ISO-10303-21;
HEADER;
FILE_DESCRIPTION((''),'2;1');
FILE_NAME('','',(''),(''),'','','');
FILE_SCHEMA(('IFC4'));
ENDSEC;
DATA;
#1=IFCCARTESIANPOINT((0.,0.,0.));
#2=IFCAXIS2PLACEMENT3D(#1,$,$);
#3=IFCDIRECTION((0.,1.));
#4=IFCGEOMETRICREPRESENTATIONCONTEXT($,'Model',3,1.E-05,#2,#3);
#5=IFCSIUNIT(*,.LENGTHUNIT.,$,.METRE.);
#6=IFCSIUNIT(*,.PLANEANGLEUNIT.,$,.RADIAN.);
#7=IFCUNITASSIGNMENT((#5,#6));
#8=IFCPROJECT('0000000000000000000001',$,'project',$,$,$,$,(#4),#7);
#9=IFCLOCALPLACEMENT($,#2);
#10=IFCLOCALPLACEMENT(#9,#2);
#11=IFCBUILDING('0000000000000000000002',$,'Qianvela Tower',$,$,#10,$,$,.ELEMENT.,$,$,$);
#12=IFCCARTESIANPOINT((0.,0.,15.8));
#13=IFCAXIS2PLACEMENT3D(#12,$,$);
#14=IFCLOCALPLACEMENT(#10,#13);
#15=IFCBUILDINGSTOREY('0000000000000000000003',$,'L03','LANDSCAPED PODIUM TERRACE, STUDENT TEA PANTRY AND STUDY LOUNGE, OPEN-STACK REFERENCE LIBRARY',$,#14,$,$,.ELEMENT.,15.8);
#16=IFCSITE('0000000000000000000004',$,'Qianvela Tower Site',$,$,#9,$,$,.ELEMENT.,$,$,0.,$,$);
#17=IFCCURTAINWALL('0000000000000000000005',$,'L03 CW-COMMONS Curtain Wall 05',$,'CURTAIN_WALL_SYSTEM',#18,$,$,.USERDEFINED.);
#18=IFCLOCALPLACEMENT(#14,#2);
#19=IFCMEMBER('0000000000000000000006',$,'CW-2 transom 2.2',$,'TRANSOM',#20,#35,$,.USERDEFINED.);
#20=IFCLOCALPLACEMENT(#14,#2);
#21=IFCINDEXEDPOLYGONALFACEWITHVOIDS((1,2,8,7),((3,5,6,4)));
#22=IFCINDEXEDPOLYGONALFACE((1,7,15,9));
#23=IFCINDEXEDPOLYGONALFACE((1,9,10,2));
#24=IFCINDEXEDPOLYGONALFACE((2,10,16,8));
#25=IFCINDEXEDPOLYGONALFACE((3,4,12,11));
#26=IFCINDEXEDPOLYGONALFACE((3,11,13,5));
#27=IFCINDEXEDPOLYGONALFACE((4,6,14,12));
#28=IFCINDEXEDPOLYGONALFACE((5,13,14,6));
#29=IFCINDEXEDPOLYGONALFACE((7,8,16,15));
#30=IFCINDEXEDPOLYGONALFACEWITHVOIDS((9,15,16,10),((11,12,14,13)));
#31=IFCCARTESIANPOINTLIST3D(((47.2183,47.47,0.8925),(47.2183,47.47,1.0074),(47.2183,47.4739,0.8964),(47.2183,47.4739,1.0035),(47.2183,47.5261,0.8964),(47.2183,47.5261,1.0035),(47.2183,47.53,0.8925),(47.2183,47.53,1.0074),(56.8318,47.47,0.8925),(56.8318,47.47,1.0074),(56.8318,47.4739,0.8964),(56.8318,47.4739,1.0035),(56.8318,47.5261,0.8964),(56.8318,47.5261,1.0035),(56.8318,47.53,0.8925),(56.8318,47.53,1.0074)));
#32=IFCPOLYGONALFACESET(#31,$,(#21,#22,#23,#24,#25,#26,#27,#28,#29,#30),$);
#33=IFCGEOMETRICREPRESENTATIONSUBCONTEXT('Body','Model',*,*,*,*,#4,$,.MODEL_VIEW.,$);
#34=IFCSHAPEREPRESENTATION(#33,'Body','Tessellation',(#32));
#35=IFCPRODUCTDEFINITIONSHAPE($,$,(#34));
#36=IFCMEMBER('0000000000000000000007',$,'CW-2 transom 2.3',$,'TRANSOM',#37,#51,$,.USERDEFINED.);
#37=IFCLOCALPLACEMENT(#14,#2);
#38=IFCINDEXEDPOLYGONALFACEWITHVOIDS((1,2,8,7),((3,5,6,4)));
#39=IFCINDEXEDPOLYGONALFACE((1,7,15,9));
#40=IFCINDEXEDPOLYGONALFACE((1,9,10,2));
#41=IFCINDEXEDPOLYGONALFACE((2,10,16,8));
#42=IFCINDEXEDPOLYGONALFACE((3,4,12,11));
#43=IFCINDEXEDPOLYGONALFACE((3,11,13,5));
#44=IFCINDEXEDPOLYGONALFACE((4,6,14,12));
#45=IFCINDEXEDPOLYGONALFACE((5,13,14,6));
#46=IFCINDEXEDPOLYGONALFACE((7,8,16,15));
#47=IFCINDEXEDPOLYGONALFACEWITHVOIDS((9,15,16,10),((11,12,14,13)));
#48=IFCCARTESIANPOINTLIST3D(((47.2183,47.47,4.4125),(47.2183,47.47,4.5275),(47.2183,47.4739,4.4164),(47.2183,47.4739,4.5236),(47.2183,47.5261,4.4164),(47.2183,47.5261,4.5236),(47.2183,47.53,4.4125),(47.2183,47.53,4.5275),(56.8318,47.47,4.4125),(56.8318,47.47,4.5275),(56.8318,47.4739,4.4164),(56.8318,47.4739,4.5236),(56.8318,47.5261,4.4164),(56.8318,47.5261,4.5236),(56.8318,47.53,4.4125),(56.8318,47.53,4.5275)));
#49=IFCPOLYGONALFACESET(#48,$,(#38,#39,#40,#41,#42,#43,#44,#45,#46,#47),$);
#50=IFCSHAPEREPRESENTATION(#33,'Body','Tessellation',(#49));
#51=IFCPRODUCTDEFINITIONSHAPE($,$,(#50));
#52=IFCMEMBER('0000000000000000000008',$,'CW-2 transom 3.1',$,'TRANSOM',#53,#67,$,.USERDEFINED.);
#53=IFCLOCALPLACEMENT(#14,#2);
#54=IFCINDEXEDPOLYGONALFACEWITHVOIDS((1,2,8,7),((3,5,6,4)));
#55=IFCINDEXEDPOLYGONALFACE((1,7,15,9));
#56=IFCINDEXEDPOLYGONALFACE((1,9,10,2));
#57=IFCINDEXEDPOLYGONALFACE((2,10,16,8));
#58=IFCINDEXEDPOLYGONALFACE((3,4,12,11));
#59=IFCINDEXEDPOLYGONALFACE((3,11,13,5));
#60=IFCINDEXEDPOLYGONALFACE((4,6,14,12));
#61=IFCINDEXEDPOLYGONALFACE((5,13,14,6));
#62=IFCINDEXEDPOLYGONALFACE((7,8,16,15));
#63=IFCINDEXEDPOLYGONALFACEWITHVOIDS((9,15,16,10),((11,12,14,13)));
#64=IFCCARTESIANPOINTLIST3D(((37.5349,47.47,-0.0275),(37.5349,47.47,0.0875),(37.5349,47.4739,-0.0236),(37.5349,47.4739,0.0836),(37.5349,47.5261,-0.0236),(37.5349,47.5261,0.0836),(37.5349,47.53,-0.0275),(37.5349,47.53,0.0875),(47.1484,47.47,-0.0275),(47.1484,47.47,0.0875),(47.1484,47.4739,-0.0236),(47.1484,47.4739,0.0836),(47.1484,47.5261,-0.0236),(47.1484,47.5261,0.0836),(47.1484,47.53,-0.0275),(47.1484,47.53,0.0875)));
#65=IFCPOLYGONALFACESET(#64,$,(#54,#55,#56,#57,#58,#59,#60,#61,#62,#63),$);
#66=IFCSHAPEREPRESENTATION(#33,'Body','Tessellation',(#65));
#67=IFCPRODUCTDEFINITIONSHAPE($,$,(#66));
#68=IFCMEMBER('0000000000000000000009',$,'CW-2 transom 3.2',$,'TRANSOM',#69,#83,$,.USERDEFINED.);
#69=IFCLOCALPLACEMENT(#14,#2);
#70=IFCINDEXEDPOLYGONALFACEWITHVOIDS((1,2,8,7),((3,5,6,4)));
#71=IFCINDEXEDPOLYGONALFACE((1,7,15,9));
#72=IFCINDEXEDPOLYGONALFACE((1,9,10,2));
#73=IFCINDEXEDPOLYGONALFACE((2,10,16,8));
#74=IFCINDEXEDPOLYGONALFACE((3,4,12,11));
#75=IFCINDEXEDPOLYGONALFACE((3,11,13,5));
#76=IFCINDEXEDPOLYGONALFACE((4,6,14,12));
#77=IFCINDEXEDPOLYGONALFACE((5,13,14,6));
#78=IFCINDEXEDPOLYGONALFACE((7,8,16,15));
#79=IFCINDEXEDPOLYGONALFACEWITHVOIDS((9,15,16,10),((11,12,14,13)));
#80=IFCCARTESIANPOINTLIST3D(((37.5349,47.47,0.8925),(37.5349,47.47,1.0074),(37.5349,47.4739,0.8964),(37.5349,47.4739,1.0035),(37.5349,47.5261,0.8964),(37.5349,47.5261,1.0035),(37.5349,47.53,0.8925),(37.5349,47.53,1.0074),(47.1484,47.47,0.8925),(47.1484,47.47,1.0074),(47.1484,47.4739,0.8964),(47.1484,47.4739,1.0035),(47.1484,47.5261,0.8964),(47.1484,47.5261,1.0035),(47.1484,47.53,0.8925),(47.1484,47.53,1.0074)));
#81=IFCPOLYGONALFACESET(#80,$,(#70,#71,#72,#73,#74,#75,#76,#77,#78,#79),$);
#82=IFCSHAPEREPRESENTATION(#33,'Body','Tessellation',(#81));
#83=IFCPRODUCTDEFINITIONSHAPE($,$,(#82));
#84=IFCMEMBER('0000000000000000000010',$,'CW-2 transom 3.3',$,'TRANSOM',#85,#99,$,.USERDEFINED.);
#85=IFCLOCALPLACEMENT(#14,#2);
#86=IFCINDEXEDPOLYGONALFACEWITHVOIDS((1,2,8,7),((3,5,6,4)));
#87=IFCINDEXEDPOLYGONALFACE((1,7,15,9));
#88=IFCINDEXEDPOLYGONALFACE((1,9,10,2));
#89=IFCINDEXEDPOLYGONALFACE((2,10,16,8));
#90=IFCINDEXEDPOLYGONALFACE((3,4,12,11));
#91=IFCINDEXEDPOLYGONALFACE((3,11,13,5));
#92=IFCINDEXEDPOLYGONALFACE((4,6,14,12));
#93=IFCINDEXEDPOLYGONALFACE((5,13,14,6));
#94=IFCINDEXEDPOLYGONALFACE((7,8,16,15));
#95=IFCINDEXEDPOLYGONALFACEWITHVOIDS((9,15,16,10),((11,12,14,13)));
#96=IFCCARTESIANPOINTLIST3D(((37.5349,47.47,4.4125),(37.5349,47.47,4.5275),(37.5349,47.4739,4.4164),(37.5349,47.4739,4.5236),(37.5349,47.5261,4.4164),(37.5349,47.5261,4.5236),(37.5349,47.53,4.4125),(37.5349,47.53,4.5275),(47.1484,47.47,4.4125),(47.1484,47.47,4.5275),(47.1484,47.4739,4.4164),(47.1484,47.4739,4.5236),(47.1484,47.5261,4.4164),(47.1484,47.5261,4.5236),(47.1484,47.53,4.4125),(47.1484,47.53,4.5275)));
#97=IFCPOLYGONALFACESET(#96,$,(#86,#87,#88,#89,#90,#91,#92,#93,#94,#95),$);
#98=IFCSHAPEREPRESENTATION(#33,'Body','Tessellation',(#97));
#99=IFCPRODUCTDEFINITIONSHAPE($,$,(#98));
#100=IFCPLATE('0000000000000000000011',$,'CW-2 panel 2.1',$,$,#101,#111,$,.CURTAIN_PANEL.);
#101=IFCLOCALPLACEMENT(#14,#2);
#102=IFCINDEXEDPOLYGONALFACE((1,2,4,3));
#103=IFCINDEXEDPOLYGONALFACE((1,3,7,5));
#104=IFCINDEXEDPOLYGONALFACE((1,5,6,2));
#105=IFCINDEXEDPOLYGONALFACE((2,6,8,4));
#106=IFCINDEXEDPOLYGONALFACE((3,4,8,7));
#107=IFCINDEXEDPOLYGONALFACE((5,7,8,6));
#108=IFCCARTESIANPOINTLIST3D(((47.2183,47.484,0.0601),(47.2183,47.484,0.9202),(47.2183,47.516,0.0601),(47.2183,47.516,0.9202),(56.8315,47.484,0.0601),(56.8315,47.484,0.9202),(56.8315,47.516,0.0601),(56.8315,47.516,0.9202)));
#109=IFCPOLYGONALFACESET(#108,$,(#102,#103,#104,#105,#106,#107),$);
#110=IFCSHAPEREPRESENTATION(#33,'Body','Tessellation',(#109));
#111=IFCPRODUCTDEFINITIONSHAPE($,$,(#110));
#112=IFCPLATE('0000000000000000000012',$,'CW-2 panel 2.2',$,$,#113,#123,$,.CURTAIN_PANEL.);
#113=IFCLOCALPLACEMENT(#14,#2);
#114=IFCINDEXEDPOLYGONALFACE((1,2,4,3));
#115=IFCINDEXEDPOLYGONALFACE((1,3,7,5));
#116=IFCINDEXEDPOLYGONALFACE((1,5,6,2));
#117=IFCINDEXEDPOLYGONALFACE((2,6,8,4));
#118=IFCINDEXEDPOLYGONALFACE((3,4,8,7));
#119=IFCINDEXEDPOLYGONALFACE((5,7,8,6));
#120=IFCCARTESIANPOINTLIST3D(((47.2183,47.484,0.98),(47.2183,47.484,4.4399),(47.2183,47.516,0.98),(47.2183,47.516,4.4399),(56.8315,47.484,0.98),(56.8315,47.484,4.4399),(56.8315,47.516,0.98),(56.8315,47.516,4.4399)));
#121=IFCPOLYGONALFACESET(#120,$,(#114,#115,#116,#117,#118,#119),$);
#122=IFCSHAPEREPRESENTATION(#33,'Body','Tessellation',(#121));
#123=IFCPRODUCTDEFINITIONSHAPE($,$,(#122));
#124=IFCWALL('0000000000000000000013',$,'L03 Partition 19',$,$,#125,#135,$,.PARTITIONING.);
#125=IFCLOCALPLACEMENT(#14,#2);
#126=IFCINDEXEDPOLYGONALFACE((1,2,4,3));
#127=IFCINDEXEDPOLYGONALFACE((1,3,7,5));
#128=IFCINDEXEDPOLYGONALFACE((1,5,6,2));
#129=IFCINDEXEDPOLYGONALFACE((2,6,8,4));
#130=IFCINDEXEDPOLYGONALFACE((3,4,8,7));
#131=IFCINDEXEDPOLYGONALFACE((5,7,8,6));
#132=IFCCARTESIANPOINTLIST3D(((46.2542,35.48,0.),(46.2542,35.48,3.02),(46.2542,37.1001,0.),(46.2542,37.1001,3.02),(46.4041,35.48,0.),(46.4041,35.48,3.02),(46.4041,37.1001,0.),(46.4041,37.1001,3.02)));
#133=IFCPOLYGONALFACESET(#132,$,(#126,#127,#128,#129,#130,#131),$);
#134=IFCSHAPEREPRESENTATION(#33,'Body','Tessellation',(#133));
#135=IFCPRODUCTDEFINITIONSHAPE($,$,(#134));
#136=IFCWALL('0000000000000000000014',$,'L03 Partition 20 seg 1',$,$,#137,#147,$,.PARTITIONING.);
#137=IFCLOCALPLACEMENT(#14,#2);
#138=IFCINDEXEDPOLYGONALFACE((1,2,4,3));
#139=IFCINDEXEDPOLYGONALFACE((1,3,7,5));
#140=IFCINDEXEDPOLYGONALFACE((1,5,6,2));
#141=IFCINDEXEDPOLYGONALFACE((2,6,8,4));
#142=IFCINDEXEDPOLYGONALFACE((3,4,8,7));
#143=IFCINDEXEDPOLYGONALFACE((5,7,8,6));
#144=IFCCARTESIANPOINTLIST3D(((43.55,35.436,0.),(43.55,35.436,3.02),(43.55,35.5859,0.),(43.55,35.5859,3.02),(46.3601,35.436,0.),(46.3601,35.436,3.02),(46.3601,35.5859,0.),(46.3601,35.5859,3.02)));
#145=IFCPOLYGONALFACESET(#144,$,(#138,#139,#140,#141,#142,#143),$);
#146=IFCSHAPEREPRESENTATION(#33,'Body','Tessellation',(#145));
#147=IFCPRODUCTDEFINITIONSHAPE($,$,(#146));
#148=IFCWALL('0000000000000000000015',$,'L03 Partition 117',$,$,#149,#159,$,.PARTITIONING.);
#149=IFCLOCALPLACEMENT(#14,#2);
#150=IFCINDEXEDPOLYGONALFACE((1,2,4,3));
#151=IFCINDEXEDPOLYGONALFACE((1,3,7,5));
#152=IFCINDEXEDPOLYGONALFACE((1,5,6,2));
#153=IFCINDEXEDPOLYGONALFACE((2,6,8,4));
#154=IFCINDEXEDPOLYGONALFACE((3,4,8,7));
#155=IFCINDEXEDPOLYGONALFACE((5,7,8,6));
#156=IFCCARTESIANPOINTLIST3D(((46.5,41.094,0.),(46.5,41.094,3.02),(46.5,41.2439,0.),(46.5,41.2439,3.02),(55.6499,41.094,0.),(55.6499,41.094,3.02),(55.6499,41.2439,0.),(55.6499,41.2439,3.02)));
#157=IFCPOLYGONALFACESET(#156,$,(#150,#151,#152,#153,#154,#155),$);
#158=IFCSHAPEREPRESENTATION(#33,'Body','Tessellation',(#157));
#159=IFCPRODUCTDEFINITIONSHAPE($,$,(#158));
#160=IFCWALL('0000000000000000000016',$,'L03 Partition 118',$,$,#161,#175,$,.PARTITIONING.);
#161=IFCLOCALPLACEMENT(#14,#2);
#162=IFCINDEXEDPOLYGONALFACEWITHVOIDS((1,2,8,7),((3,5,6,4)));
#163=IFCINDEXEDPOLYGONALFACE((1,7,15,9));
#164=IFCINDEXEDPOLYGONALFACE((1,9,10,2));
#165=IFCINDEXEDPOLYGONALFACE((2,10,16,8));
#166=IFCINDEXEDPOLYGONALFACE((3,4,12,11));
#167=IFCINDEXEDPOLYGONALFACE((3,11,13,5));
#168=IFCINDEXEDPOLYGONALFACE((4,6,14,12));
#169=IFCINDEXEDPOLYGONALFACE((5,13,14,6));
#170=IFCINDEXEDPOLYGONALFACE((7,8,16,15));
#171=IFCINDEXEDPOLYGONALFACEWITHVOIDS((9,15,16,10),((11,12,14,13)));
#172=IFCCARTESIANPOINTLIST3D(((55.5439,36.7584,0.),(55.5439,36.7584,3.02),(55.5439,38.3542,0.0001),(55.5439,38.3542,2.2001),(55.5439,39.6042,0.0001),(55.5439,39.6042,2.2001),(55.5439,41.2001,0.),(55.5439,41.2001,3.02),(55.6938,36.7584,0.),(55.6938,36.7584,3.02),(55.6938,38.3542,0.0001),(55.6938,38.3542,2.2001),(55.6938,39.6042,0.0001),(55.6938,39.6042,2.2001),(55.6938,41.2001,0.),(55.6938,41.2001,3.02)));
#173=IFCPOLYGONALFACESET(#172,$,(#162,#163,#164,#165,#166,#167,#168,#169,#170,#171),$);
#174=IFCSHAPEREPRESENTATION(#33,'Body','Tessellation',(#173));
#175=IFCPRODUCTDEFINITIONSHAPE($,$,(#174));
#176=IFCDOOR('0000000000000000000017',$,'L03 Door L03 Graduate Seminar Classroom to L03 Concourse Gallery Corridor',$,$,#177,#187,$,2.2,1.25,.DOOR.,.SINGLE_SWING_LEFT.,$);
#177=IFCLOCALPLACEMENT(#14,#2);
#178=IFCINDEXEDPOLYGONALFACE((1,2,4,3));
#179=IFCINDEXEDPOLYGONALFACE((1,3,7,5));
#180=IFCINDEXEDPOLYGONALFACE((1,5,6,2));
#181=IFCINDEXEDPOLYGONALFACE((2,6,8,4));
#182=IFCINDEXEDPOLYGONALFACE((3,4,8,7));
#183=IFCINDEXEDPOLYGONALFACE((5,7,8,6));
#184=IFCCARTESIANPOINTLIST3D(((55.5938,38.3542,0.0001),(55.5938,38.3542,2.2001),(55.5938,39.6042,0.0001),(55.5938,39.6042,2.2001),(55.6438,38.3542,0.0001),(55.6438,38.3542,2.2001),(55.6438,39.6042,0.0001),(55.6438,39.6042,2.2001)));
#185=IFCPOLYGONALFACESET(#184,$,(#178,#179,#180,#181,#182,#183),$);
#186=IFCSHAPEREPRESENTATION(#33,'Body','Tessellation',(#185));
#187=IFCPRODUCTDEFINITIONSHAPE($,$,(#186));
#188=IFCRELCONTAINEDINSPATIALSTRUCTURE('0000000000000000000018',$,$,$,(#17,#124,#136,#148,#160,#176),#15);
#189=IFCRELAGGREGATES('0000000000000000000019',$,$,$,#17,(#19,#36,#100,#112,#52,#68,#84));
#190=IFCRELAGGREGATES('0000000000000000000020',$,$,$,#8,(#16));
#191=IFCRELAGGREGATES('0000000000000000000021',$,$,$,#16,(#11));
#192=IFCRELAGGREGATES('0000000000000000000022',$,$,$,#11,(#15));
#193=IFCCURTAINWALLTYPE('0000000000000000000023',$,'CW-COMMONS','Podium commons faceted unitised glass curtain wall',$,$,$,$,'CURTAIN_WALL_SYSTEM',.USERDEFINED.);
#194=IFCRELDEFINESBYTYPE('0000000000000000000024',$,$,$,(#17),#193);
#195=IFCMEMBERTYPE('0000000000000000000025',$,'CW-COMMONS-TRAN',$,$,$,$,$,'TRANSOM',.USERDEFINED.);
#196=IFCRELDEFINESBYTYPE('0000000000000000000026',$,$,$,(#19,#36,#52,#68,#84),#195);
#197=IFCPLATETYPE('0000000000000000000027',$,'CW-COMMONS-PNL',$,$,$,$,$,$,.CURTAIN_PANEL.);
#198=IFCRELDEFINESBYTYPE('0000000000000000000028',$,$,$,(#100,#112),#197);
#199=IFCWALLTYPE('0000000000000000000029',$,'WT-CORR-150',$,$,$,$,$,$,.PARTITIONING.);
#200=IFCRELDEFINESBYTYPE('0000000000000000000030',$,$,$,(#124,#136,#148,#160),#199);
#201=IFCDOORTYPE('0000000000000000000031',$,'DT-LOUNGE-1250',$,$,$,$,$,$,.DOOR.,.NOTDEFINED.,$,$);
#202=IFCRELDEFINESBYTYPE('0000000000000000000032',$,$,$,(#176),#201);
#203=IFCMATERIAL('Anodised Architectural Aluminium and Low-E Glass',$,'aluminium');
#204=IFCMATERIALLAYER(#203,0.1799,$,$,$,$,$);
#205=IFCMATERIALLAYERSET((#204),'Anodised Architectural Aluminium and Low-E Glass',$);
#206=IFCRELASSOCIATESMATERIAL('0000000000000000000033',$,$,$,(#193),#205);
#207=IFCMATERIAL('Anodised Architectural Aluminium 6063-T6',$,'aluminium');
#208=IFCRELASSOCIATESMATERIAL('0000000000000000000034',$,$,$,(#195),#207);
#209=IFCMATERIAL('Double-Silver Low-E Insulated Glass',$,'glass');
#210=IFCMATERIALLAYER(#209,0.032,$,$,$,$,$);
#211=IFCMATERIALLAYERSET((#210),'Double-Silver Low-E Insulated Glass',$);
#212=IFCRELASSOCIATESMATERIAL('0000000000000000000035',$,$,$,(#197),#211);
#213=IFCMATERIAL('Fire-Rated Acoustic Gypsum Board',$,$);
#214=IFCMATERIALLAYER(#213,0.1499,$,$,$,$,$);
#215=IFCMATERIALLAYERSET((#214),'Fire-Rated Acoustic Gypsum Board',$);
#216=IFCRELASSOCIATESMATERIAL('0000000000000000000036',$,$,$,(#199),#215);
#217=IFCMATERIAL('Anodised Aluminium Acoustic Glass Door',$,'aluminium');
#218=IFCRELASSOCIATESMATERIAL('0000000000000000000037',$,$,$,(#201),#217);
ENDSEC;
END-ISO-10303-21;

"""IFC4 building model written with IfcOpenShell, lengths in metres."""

from ifc_helpers import new_model, si_unit, direction, frame, frame_2d, origin, origin_2d, place, context, subcontext, project, spatial, rectangle, hollow_rectangle, extrude, material, layer, layer_set, material_profile, profile_set, type_object, element, fill, aggregate, save


model = new_model("IFC4")

# Units and contexts
model_context = context("Model", 3, precision=1e-05, world=origin(), true_north=direction((0.0, 1.0)))
body_context = subcontext(model_context, "Body", "Model", "MODEL_VIEW")
ifc_project = project(units=[si_unit("LENGTHUNIT", "METRE"), si_unit("PLANEANGLEUNIT", "RADIAN")], contexts=[model_context])

# Site, building, storey
site_placement = place(None, origin())
site = spatial("IfcSite", under=ifc_project, at=site_placement, Name="Qianvela Tower Site", CompositionType="ELEMENT", RefElevation=0.0)
building_placement = place(site_placement, origin())
building = spatial("IfcBuilding", under=site, at=building_placement, Name="Qianvela Tower", CompositionType="ELEMENT")
storey_placement = place(building_placement, frame((0.0, 0.0, 15.8)))
storey = spatial("IfcBuildingStorey", under=building, at=storey_placement, Name="L03", Description="LANDSCAPED PODIUM TERRACE, STUDENT TEA PANTRY AND STUDY LOUNGE, OPEN-STACK REFERENCE LIBRARY", CompositionType="ELEMENT", Elevation=15.8)

# Curtain wall, members, plates
ifc_material_1 = material(Name="Anodised Architectural Aluminium and Low-E Glass", Category="aluminium")
ifc_layer_1 = layer(ifc_material_1, 0.1799)
ifc_layer_set_1 = layer_set([ifc_layer_1], Name="Anodised Architectural Aluminium and Low-E Glass")
curtain_wall_type = type_object("IfcCurtainWallType", Name="CW-COMMONS", Description="Podium commons faceted unitised glass curtain wall", ElementType="CURTAIN_WALL_SYSTEM", PredefinedType="USERDEFINED", material=ifc_layer_set_1)
curtain_wall_placement = place(storey_placement, origin())
curtain_wall = element("IfcCurtainWall", 1, at=curtain_wall_placement, inside=storey, type_object=curtain_wall_type, Name="L03 CW-COMMONS Curtain Wall 05", ObjectType="CURTAIN_WALL_SYSTEM", PredefinedType="USERDEFINED")
ifc_material_2 = material(Name="Anodised Architectural Aluminium 6063-T6", Category="aluminium")
ifc_material_profile_1 = material_profile(ifc_material_2, hollow_rectangle(XDim=0.0601, YDim=0.115, WallThickness=0.0039, at=origin_2d()), Name="ALU-TRAN-60x115")
ifc_profile_set_1 = profile_set([ifc_material_profile_1], Name="Anodised Architectural Aluminium 6063-T6")
member_type_1 = type_object("IfcMemberType", Name="CW-COMMONS-TRAN", ElementType="TRANSOM", PredefinedType="USERDEFINED", material=ifc_profile_set_1)
member_1_placement = place(storey_placement, frame((56.8318, 47.5, 0.95), z_axis=(-1.0, 0.0, 0.0), x_axis=(0.0, -1.0, 0.0)))
member_1 = element("IfcMember", 2, at=member_1_placement, type_object=member_type_1, Name="CW-2 transom 2.2", ObjectType="TRANSOM", PredefinedType="USERDEFINED", context=body_context, shape_type="SweptSolid", body=[
    extrude(hollow_rectangle(XDim=0.0601, YDim=0.115, WallThickness=0.0039, at=origin_2d()), origin(), (0.0, 0.0, 1.0), 9.6135),
])
member_2_placement = place(storey_placement, frame((56.8318, 47.5, 4.47), z_axis=(-1.0, 0.0, 0.0), x_axis=(0.0, -1.0, 0.0)))
member_2 = element("IfcMember", 3, at=member_2_placement, type_object=member_type_1, Name="CW-2 transom 2.3", ObjectType="TRANSOM", PredefinedType="USERDEFINED", context=body_context, shape_type="SweptSolid", body=[
    extrude(hollow_rectangle(XDim=0.0601, YDim=0.115, WallThickness=0.0039, at=origin_2d()), origin(), (0.0, 0.0, 1.0), 9.6135),
])
member_3_placement = place(storey_placement, frame((47.1484, 47.5, 0.03), z_axis=(-1.0, 0.0, 0.0), x_axis=(0.0, -1.0, 0.0)))
member_3 = element("IfcMember", 4, at=member_3_placement, type_object=member_type_1, Name="CW-2 transom 3.1", ObjectType="TRANSOM", PredefinedType="USERDEFINED", context=body_context, shape_type="SweptSolid", body=[
    extrude(hollow_rectangle(XDim=0.0601, YDim=0.115, WallThickness=0.0039, at=origin_2d()), origin(), (0.0, 0.0, 1.0), 9.6135),
])
member_4_placement = place(storey_placement, frame((47.1484, 47.5, 0.95), z_axis=(-1.0, 0.0, 0.0), x_axis=(0.0, -1.0, 0.0)))
member_4 = element("IfcMember", 5, at=member_4_placement, type_object=member_type_1, Name="CW-2 transom 3.2", ObjectType="TRANSOM", PredefinedType="USERDEFINED", context=body_context, shape_type="SweptSolid", body=[
    extrude(hollow_rectangle(XDim=0.0601, YDim=0.115, WallThickness=0.0039, at=origin_2d()), origin(), (0.0, 0.0, 1.0), 9.6135),
])
member_5_placement = place(storey_placement, frame((47.1484, 47.5, 4.47), z_axis=(-1.0, 0.0, 0.0), x_axis=(0.0, -1.0, 0.0)))
member_5 = element("IfcMember", 6, at=member_5_placement, type_object=member_type_1, Name="CW-2 transom 3.3", ObjectType="TRANSOM", PredefinedType="USERDEFINED", context=body_context, shape_type="SweptSolid", body=[
    extrude(hollow_rectangle(XDim=0.0601, YDim=0.115, WallThickness=0.0039, at=origin_2d()), origin(), (0.0, 0.0, 1.0), 9.6135),
])
ifc_material_3 = material(Name="Double-Silver Low-E Insulated Glass", Category="glass")
ifc_layer_2 = layer(ifc_material_3, 0.032)
ifc_layer_set_2 = layer_set([ifc_layer_2], Name="Double-Silver Low-E Insulated Glass")
plate_type = type_object("IfcPlateType", Name="CW-COMMONS-PNL", PredefinedType="CURTAIN_PANEL", material=ifc_layer_set_2)
plate_1_placement = place(storey_placement, frame((52.0249, 47.5, 0.0601), z_axis=(0.0, 0.0, 1.0), x_axis=(-1.0, 0.0, 0.0)))
plate_1 = element("IfcPlate", 7, at=plate_1_placement, type_object=plate_type, Name="CW-2 panel 2.1", PredefinedType="CURTAIN_PANEL", context=body_context, shape_type="SweptSolid", body=[
    extrude(rectangle(XDim=9.6133, YDim=0.032, at=origin_2d()), origin(), (0.0, 0.0, 1.0), 0.8601),
])
plate_2_placement = place(storey_placement, frame((52.0249, 47.5, 0.98), z_axis=(0.0, 0.0, 1.0), x_axis=(-1.0, 0.0, 0.0)))
plate_2 = element("IfcPlate", 8, at=plate_2_placement, type_object=plate_type, Name="CW-2 panel 2.2", PredefinedType="CURTAIN_PANEL", context=body_context, shape_type="SweptSolid", body=[
    extrude(rectangle(XDim=9.6133, YDim=0.032, at=origin_2d()), origin(), (0.0, 0.0, 1.0), 3.46),
])
aggregate(curtain_wall, [member_1, member_2, plate_1, plate_2, member_3, member_4, member_5])

# Walls
ifc_material_4 = material(Name="Fire-Rated Acoustic Gypsum Board")
ifc_layer_3 = layer(ifc_material_4, 0.1499)
ifc_layer_set_3 = layer_set([ifc_layer_3], Name="Fire-Rated Acoustic Gypsum Board")
wall_type_1 = type_object("IfcWallType", Name="WT-CORR-150", PredefinedType="PARTITIONING", material=ifc_layer_set_3)
wall_1_placement = place(storey_placement, frame((46.3291, 37.1001, 0.0), z_axis=(0.0, 0.0, 1.0), x_axis=(0.0, -1.0, 0.0)))
element("IfcWall", 9, at=wall_1_placement, inside=storey, type_object=wall_type_1, Name="L03 Partition 19", PredefinedType="PARTITIONING", context=body_context, shape_type="SweptSolid", body=[
    extrude(rectangle(XDim=1.6201, YDim=0.1499, at=frame_2d((0.8101, 0.0))), origin(), (0.0, 0.0, 1.0), 3.02),
])
wall_2_placement = place(storey_placement, frame((46.3601, 35.511, 0.0), z_axis=(0.0, 0.0, 1.0), x_axis=(-1.0, 0.0, 0.0)))
element("IfcWall", 10, at=wall_2_placement, inside=storey, type_object=wall_type_1, Name="L03 Partition 20 seg 1", PredefinedType="PARTITIONING", context=body_context, shape_type="SweptSolid", body=[
    extrude(rectangle(XDim=2.8101, YDim=0.1499, at=frame_2d((1.405, 0.0))), origin(), (0.0, 0.0, 1.0), 3.02),
])
wall_3_placement = place(storey_placement, frame((46.5, 41.1689, 0.0), z_axis=(0.0, 0.0, 1.0), x_axis=(1.0, 0.0, 0.0)))
element("IfcWall", 11, at=wall_3_placement, inside=storey, type_object=wall_type_1, Name="L03 Partition 117", PredefinedType="PARTITIONING", context=body_context, shape_type="SweptSolid", body=[
    extrude(rectangle(XDim=9.1499, YDim=0.1499, at=frame_2d((4.575, 0.0))), origin(), (0.0, 0.0, 1.0), 3.02),
])

# Wall, opening, door
wall_4_placement = place(storey_placement, frame((55.6189, 41.2, 0.0), z_axis=(0.0, 0.0, 1.0), x_axis=(0.0, -1.0, 0.0)))
wall_4 = element("IfcWall", 12, at=wall_4_placement, inside=storey, type_object=wall_type_1, Name="L03 Partition 118", PredefinedType="PARTITIONING", context=body_context, shape_type="SweptSolid", body=[
    extrude(rectangle(XDim=4.4417, YDim=0.1499, at=frame_2d((2.2207, 0.0))), origin(), (0.0, 0.0, 1.0), 3.02),
])
opening_placement = place(wall_4_placement, frame((1.5957, 0.0, 0.0)))
opening = element("IfcOpeningElement", 13, at=opening_placement, cuts=wall_4, PredefinedType="OPENING", context=body_context, shape_type="SweptSolid", body=[
    extrude(rectangle(XDim=1.25, YDim=2.2, at=frame_2d((0.625, 1.1001))), frame((0.0, 0.085, 0.0), z_axis=(0.0, -1.0, 0.0), x_axis=(1.0, 0.0, 0.0)), (0.0, 0.0, 1.0), 0.1699),
])
ifc_material_5 = material(Name="Anodised Aluminium Acoustic Glass Door", Category="aluminium")
door_type = type_object("IfcDoorType", Name="DT-LOUNGE-1250", OperationType="NOTDEFINED", PredefinedType="DOOR", material=ifc_material_5)
door_placement = place(opening_placement, origin())
door = element("IfcDoor", 14, at=door_placement, inside=storey, type_object=door_type, Name="L03 Door L03 Graduate Seminar Classroom to L03 Concourse Gallery Corridor", OperationType="SINGLE_SWING_LEFT", OverallHeight=2.2, OverallWidth=1.25, PredefinedType="DOOR", context=body_context, shape_type="SweptSolid", body=[
    extrude(rectangle(XDim=1.25, YDim=2.2, at=frame_2d((0.625, 1.1001))), frame((0.0, 0.0249, 0.0), z_axis=(0.0, -1.0, 0.0), x_axis=(1.0, 0.0, 0.0)), (0.0, 0.0, 1.0), 0.05),
])
fill(opening, door)

save(model, "model.ifc")
